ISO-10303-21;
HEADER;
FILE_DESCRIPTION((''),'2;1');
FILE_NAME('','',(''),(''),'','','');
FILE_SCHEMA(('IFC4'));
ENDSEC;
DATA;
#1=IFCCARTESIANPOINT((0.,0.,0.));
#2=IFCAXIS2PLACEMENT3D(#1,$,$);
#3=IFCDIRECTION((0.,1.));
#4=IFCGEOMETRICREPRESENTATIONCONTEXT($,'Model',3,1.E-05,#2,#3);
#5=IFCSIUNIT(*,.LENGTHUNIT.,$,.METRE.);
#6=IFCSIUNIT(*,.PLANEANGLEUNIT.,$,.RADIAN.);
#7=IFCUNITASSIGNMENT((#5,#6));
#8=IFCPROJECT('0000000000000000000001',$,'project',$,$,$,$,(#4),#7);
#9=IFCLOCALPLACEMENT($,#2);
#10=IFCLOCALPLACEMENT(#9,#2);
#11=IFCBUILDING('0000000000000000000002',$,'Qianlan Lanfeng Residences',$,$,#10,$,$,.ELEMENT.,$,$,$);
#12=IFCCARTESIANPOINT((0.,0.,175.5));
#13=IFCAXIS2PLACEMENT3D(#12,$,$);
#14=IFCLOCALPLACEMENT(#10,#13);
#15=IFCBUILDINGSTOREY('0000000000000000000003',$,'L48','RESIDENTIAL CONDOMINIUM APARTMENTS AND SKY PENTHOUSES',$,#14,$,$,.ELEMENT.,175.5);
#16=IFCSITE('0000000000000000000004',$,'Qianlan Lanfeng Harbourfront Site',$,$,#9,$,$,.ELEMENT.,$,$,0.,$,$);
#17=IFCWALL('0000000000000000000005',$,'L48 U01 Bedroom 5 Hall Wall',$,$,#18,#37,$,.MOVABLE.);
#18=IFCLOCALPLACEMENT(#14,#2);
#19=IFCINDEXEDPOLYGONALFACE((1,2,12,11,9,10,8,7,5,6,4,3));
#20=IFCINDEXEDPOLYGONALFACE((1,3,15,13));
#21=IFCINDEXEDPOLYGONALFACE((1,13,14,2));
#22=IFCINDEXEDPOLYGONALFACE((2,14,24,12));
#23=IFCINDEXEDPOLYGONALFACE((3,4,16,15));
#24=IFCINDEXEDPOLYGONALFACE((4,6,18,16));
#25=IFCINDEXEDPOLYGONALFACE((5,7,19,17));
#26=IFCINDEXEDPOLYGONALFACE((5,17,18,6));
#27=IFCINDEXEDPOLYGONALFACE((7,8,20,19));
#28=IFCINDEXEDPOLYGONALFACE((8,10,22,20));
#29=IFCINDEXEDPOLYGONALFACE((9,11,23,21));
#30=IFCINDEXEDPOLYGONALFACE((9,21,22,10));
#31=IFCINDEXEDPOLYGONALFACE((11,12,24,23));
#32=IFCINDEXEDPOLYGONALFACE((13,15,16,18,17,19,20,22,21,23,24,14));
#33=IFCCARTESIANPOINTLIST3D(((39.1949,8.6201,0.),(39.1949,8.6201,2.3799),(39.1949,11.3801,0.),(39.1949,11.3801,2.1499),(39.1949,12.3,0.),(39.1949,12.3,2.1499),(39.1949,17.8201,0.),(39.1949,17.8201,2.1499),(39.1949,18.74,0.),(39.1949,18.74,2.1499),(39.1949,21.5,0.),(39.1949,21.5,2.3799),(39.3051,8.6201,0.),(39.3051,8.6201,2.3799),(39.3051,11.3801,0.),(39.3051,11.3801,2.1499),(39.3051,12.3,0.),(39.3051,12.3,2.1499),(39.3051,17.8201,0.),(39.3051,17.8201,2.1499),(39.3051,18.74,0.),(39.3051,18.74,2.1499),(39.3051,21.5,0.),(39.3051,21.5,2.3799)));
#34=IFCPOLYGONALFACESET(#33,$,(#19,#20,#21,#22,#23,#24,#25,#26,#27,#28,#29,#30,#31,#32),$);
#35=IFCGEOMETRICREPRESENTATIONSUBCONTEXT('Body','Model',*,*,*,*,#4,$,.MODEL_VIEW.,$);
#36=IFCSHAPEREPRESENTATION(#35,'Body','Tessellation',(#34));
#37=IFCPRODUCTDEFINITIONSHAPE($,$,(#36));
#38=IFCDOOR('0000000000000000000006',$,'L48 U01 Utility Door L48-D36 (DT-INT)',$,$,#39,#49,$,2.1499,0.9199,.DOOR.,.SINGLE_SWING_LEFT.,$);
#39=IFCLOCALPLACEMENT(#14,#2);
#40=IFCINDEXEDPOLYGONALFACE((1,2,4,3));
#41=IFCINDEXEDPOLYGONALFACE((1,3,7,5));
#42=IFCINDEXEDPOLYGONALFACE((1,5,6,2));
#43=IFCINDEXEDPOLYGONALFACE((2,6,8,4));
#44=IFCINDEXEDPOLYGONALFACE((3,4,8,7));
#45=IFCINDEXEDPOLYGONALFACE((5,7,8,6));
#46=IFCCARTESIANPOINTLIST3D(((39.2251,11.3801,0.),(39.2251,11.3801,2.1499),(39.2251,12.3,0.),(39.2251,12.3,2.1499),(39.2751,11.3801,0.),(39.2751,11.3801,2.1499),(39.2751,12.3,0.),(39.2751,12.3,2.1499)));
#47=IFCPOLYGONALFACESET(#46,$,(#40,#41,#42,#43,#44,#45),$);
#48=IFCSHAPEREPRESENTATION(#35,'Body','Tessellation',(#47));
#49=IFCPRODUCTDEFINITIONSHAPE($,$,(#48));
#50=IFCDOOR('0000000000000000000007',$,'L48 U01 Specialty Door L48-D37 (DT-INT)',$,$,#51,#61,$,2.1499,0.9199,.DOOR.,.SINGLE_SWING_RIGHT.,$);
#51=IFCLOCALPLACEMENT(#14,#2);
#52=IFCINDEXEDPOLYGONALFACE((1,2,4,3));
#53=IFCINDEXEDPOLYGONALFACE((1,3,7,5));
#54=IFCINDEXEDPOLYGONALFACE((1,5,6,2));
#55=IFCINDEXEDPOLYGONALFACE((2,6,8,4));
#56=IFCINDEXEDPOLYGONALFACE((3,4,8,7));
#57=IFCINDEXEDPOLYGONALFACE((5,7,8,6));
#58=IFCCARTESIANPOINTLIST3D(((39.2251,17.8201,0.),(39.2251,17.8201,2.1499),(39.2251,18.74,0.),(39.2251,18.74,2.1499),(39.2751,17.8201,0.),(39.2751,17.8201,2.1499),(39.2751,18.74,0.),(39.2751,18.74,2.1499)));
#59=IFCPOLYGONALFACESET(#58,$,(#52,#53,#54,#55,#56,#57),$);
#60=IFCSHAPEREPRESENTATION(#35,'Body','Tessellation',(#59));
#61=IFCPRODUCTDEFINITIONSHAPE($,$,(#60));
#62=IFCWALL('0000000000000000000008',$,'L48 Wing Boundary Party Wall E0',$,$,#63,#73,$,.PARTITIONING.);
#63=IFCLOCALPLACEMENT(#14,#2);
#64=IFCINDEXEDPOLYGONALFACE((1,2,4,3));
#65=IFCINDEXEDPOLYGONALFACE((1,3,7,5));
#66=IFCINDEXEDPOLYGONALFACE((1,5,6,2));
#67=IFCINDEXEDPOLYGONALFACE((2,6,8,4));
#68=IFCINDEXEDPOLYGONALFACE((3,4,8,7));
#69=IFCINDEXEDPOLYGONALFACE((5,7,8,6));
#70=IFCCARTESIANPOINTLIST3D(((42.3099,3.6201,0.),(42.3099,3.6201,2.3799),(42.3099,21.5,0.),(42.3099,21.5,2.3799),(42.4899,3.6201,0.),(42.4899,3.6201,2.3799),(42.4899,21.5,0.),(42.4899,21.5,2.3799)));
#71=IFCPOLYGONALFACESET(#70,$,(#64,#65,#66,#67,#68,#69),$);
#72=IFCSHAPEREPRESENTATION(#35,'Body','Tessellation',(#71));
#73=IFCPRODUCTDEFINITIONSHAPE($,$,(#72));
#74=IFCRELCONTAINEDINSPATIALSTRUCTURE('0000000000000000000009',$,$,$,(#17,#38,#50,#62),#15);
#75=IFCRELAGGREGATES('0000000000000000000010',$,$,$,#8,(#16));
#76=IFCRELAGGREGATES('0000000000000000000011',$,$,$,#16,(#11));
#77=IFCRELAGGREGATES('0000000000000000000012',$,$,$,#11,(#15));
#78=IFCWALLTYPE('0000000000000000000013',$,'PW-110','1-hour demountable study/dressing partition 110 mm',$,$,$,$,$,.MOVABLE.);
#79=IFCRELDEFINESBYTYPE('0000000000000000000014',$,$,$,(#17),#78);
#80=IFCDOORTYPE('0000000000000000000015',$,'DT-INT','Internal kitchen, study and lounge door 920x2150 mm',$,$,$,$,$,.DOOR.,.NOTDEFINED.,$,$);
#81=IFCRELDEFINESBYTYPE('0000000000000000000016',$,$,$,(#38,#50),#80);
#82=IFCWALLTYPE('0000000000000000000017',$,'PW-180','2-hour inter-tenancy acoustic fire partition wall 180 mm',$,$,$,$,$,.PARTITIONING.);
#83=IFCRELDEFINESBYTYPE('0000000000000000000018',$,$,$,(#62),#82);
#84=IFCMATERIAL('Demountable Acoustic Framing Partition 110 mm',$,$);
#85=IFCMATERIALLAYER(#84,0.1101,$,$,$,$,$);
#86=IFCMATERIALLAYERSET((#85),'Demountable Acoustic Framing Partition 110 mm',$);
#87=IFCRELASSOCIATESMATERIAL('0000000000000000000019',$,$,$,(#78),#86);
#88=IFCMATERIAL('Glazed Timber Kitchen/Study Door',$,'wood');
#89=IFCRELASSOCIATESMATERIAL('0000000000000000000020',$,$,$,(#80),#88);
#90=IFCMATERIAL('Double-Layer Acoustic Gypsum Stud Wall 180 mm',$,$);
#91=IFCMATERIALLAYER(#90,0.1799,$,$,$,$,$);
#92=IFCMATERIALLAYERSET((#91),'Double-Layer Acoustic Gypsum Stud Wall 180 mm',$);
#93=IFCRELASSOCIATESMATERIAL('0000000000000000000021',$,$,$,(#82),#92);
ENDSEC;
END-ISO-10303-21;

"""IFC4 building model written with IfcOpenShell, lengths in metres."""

from ifc_helpers import new_model, si_unit, direction, frame, frame_2d, origin, place, context, subcontext, project, spatial, rectangle, extrude, material, layer, layer_set, type_object, element, fill, save


model = new_model("IFC4")

# Units and contexts
model_context = context("Model", 3, precision=1e-05, world=origin(), true_north=direction((0.0, 1.0)))
body_context = subcontext(model_context, "Body", "Model", "MODEL_VIEW")
ifc_project = project(units=[si_unit("LENGTHUNIT", "METRE"), si_unit("PLANEANGLEUNIT", "RADIAN")], contexts=[model_context])

# Site, building, storey
site_placement = place(None, origin())
site = spatial("IfcSite", under=ifc_project, at=site_placement, Name="Qianlan Lanfeng Harbourfront Site", CompositionType="ELEMENT", RefElevation=0.0)
building_placement = place(site_placement, origin())
building = spatial("IfcBuilding", under=site, at=building_placement, Name="Qianlan Lanfeng Residences", CompositionType="ELEMENT")
storey_placement = place(building_placement, frame((0.0, 0.0, 175.5)))
storey = spatial("IfcBuildingStorey", under=building, at=storey_placement, Name="L48", Description="RESIDENTIAL CONDOMINIUM APARTMENTS AND SKY PENTHOUSES", CompositionType="ELEMENT", Elevation=175.5)

# Wall, openings, doors
ifc_material_1 = material(Name="Demountable Acoustic Framing Partition 110 mm")
ifc_layer_1 = layer(ifc_material_1, 0.1101)
ifc_layer_set_1 = layer_set([ifc_layer_1], Name="Demountable Acoustic Framing Partition 110 mm")
wall_type_1 = type_object("IfcWallType", Name="PW-110", Description="1-hour demountable study/dressing partition 110 mm", PredefinedType="MOVABLE", material=ifc_layer_set_1)
wall_1_placement = place(storey_placement, frame((39.25, 8.6201, 0.0), z_axis=(0.0, 0.0, 1.0), x_axis=(0.0, 1.0, 0.0)))
wall_1 = element("IfcWall", 1, at=wall_1_placement, inside=storey, type_object=wall_type_1, Name="L48 U01 Bedroom 5 Hall Wall", PredefinedType="MOVABLE", context=body_context, shape_type="SweptSolid", body=[
    extrude(rectangle(XDim=12.8799, YDim=0.1101, at=frame_2d((6.4399, 0.0))), origin(), (0.0, 0.0, 1.0), 2.3799),
])
opening_1_placement = place(wall_1_placement, frame((2.76, 0.0, 0.0)))
opening_1 = element("IfcOpeningElement", 2, at=opening_1_placement, cuts=wall_1, PredefinedType="OPENING", context=body_context, shape_type="SweptSolid", body=[
    extrude(rectangle(XDim=0.9199, YDim=2.1499, at=frame_2d((0.46, 1.075))), frame((0.0, 0.0649, 0.0), z_axis=(0.0, -1.0, 0.0), x_axis=(1.0, 0.0, 0.0)), (0.0, 0.0, 1.0), 0.1301),
])
opening_2_placement = place(wall_1_placement, frame((9.2, 0.0, 0.0)))
opening_2 = element("IfcOpeningElement", 3, at=opening_2_placement, cuts=wall_1, PredefinedType="OPENING", context=body_context, shape_type="SweptSolid", body=[
    extrude(rectangle(XDim=0.9199, YDim=2.1499, at=frame_2d((0.46, 1.075))), frame((0.0, 0.0649, 0.0), z_axis=(0.0, -1.0, 0.0), x_axis=(1.0, 0.0, 0.0)), (0.0, 0.0, 1.0), 0.1301),
])
ifc_material_2 = material(Name="Glazed Timber Kitchen/Study Door", Category="wood")
door_type_1 = type_object("IfcDoorType", Name="DT-INT", Description="Internal kitchen, study and lounge door 920x2150 mm", OperationType="NOTDEFINED", PredefinedType="DOOR", material=ifc_material_2)
door_1_placement = place(opening_1_placement, origin())
door_1 = element("IfcDoor", 4, at=door_1_placement, inside=storey, type_object=door_type_1, Name="L48 U01 Utility Door L48-D36 (DT-INT)", OperationType="SINGLE_SWING_LEFT", OverallHeight=2.1499, OverallWidth=0.9199, PredefinedType="DOOR", context=body_context, shape_type="SweptSolid", body=[
    extrude(rectangle(XDim=0.9199, YDim=2.1499, at=frame_2d((0.46, 1.075))), frame((0.0, 0.0249, 0.0), z_axis=(0.0, -1.0, 0.0), x_axis=(1.0, 0.0, 0.0)), (0.0, 0.0, 1.0), 0.05),
])
fill(opening_1, door_1)
door_2_placement = place(opening_2_placement, origin())
door_2 = element("IfcDoor", 5, at=door_2_placement, inside=storey, type_object=door_type_1, Name="L48 U01 Specialty Door L48-D37 (DT-INT)", OperationType="SINGLE_SWING_RIGHT", OverallHeight=2.1499, OverallWidth=0.9199, PredefinedType="DOOR", context=body_context, shape_type="SweptSolid", body=[
    extrude(rectangle(XDim=0.9199, YDim=2.1499, at=frame_2d((0.46, 1.075))), frame((0.0, 0.0249, 0.0), z_axis=(0.0, -1.0, 0.0), x_axis=(1.0, 0.0, 0.0)), (0.0, 0.0, 1.0), 0.05),
])
fill(opening_2, door_2)

# Wall
ifc_material_3 = material(Name="Double-Layer Acoustic Gypsum Stud Wall 180 mm")
ifc_layer_2 = layer(ifc_material_3, 0.1799)
ifc_layer_set_2 = layer_set([ifc_layer_2], Name="Double-Layer Acoustic Gypsum Stud Wall 180 mm")
wall_type_2 = type_object("IfcWallType", Name="PW-180", Description="2-hour inter-tenancy acoustic fire partition wall 180 mm", PredefinedType="PARTITIONING", material=ifc_layer_set_2)
wall_2_placement = place(storey_placement, frame((42.3999, 3.6201, 0.0), z_axis=(0.0, 0.0, 1.0), x_axis=(0.0, 1.0, 0.0)))
element("IfcWall", 6, at=wall_2_placement, inside=storey, type_object=wall_type_2, Name="L48 Wing Boundary Party Wall E0", PredefinedType="PARTITIONING", context=body_context, shape_type="SweptSolid", body=[
    extrude(rectangle(XDim=17.8799, YDim=0.1799, at=frame_2d((8.9399, 0.0))), origin(), (0.0, 0.0, 1.0), 2.3799),
])

save(model, "model.ifc")
